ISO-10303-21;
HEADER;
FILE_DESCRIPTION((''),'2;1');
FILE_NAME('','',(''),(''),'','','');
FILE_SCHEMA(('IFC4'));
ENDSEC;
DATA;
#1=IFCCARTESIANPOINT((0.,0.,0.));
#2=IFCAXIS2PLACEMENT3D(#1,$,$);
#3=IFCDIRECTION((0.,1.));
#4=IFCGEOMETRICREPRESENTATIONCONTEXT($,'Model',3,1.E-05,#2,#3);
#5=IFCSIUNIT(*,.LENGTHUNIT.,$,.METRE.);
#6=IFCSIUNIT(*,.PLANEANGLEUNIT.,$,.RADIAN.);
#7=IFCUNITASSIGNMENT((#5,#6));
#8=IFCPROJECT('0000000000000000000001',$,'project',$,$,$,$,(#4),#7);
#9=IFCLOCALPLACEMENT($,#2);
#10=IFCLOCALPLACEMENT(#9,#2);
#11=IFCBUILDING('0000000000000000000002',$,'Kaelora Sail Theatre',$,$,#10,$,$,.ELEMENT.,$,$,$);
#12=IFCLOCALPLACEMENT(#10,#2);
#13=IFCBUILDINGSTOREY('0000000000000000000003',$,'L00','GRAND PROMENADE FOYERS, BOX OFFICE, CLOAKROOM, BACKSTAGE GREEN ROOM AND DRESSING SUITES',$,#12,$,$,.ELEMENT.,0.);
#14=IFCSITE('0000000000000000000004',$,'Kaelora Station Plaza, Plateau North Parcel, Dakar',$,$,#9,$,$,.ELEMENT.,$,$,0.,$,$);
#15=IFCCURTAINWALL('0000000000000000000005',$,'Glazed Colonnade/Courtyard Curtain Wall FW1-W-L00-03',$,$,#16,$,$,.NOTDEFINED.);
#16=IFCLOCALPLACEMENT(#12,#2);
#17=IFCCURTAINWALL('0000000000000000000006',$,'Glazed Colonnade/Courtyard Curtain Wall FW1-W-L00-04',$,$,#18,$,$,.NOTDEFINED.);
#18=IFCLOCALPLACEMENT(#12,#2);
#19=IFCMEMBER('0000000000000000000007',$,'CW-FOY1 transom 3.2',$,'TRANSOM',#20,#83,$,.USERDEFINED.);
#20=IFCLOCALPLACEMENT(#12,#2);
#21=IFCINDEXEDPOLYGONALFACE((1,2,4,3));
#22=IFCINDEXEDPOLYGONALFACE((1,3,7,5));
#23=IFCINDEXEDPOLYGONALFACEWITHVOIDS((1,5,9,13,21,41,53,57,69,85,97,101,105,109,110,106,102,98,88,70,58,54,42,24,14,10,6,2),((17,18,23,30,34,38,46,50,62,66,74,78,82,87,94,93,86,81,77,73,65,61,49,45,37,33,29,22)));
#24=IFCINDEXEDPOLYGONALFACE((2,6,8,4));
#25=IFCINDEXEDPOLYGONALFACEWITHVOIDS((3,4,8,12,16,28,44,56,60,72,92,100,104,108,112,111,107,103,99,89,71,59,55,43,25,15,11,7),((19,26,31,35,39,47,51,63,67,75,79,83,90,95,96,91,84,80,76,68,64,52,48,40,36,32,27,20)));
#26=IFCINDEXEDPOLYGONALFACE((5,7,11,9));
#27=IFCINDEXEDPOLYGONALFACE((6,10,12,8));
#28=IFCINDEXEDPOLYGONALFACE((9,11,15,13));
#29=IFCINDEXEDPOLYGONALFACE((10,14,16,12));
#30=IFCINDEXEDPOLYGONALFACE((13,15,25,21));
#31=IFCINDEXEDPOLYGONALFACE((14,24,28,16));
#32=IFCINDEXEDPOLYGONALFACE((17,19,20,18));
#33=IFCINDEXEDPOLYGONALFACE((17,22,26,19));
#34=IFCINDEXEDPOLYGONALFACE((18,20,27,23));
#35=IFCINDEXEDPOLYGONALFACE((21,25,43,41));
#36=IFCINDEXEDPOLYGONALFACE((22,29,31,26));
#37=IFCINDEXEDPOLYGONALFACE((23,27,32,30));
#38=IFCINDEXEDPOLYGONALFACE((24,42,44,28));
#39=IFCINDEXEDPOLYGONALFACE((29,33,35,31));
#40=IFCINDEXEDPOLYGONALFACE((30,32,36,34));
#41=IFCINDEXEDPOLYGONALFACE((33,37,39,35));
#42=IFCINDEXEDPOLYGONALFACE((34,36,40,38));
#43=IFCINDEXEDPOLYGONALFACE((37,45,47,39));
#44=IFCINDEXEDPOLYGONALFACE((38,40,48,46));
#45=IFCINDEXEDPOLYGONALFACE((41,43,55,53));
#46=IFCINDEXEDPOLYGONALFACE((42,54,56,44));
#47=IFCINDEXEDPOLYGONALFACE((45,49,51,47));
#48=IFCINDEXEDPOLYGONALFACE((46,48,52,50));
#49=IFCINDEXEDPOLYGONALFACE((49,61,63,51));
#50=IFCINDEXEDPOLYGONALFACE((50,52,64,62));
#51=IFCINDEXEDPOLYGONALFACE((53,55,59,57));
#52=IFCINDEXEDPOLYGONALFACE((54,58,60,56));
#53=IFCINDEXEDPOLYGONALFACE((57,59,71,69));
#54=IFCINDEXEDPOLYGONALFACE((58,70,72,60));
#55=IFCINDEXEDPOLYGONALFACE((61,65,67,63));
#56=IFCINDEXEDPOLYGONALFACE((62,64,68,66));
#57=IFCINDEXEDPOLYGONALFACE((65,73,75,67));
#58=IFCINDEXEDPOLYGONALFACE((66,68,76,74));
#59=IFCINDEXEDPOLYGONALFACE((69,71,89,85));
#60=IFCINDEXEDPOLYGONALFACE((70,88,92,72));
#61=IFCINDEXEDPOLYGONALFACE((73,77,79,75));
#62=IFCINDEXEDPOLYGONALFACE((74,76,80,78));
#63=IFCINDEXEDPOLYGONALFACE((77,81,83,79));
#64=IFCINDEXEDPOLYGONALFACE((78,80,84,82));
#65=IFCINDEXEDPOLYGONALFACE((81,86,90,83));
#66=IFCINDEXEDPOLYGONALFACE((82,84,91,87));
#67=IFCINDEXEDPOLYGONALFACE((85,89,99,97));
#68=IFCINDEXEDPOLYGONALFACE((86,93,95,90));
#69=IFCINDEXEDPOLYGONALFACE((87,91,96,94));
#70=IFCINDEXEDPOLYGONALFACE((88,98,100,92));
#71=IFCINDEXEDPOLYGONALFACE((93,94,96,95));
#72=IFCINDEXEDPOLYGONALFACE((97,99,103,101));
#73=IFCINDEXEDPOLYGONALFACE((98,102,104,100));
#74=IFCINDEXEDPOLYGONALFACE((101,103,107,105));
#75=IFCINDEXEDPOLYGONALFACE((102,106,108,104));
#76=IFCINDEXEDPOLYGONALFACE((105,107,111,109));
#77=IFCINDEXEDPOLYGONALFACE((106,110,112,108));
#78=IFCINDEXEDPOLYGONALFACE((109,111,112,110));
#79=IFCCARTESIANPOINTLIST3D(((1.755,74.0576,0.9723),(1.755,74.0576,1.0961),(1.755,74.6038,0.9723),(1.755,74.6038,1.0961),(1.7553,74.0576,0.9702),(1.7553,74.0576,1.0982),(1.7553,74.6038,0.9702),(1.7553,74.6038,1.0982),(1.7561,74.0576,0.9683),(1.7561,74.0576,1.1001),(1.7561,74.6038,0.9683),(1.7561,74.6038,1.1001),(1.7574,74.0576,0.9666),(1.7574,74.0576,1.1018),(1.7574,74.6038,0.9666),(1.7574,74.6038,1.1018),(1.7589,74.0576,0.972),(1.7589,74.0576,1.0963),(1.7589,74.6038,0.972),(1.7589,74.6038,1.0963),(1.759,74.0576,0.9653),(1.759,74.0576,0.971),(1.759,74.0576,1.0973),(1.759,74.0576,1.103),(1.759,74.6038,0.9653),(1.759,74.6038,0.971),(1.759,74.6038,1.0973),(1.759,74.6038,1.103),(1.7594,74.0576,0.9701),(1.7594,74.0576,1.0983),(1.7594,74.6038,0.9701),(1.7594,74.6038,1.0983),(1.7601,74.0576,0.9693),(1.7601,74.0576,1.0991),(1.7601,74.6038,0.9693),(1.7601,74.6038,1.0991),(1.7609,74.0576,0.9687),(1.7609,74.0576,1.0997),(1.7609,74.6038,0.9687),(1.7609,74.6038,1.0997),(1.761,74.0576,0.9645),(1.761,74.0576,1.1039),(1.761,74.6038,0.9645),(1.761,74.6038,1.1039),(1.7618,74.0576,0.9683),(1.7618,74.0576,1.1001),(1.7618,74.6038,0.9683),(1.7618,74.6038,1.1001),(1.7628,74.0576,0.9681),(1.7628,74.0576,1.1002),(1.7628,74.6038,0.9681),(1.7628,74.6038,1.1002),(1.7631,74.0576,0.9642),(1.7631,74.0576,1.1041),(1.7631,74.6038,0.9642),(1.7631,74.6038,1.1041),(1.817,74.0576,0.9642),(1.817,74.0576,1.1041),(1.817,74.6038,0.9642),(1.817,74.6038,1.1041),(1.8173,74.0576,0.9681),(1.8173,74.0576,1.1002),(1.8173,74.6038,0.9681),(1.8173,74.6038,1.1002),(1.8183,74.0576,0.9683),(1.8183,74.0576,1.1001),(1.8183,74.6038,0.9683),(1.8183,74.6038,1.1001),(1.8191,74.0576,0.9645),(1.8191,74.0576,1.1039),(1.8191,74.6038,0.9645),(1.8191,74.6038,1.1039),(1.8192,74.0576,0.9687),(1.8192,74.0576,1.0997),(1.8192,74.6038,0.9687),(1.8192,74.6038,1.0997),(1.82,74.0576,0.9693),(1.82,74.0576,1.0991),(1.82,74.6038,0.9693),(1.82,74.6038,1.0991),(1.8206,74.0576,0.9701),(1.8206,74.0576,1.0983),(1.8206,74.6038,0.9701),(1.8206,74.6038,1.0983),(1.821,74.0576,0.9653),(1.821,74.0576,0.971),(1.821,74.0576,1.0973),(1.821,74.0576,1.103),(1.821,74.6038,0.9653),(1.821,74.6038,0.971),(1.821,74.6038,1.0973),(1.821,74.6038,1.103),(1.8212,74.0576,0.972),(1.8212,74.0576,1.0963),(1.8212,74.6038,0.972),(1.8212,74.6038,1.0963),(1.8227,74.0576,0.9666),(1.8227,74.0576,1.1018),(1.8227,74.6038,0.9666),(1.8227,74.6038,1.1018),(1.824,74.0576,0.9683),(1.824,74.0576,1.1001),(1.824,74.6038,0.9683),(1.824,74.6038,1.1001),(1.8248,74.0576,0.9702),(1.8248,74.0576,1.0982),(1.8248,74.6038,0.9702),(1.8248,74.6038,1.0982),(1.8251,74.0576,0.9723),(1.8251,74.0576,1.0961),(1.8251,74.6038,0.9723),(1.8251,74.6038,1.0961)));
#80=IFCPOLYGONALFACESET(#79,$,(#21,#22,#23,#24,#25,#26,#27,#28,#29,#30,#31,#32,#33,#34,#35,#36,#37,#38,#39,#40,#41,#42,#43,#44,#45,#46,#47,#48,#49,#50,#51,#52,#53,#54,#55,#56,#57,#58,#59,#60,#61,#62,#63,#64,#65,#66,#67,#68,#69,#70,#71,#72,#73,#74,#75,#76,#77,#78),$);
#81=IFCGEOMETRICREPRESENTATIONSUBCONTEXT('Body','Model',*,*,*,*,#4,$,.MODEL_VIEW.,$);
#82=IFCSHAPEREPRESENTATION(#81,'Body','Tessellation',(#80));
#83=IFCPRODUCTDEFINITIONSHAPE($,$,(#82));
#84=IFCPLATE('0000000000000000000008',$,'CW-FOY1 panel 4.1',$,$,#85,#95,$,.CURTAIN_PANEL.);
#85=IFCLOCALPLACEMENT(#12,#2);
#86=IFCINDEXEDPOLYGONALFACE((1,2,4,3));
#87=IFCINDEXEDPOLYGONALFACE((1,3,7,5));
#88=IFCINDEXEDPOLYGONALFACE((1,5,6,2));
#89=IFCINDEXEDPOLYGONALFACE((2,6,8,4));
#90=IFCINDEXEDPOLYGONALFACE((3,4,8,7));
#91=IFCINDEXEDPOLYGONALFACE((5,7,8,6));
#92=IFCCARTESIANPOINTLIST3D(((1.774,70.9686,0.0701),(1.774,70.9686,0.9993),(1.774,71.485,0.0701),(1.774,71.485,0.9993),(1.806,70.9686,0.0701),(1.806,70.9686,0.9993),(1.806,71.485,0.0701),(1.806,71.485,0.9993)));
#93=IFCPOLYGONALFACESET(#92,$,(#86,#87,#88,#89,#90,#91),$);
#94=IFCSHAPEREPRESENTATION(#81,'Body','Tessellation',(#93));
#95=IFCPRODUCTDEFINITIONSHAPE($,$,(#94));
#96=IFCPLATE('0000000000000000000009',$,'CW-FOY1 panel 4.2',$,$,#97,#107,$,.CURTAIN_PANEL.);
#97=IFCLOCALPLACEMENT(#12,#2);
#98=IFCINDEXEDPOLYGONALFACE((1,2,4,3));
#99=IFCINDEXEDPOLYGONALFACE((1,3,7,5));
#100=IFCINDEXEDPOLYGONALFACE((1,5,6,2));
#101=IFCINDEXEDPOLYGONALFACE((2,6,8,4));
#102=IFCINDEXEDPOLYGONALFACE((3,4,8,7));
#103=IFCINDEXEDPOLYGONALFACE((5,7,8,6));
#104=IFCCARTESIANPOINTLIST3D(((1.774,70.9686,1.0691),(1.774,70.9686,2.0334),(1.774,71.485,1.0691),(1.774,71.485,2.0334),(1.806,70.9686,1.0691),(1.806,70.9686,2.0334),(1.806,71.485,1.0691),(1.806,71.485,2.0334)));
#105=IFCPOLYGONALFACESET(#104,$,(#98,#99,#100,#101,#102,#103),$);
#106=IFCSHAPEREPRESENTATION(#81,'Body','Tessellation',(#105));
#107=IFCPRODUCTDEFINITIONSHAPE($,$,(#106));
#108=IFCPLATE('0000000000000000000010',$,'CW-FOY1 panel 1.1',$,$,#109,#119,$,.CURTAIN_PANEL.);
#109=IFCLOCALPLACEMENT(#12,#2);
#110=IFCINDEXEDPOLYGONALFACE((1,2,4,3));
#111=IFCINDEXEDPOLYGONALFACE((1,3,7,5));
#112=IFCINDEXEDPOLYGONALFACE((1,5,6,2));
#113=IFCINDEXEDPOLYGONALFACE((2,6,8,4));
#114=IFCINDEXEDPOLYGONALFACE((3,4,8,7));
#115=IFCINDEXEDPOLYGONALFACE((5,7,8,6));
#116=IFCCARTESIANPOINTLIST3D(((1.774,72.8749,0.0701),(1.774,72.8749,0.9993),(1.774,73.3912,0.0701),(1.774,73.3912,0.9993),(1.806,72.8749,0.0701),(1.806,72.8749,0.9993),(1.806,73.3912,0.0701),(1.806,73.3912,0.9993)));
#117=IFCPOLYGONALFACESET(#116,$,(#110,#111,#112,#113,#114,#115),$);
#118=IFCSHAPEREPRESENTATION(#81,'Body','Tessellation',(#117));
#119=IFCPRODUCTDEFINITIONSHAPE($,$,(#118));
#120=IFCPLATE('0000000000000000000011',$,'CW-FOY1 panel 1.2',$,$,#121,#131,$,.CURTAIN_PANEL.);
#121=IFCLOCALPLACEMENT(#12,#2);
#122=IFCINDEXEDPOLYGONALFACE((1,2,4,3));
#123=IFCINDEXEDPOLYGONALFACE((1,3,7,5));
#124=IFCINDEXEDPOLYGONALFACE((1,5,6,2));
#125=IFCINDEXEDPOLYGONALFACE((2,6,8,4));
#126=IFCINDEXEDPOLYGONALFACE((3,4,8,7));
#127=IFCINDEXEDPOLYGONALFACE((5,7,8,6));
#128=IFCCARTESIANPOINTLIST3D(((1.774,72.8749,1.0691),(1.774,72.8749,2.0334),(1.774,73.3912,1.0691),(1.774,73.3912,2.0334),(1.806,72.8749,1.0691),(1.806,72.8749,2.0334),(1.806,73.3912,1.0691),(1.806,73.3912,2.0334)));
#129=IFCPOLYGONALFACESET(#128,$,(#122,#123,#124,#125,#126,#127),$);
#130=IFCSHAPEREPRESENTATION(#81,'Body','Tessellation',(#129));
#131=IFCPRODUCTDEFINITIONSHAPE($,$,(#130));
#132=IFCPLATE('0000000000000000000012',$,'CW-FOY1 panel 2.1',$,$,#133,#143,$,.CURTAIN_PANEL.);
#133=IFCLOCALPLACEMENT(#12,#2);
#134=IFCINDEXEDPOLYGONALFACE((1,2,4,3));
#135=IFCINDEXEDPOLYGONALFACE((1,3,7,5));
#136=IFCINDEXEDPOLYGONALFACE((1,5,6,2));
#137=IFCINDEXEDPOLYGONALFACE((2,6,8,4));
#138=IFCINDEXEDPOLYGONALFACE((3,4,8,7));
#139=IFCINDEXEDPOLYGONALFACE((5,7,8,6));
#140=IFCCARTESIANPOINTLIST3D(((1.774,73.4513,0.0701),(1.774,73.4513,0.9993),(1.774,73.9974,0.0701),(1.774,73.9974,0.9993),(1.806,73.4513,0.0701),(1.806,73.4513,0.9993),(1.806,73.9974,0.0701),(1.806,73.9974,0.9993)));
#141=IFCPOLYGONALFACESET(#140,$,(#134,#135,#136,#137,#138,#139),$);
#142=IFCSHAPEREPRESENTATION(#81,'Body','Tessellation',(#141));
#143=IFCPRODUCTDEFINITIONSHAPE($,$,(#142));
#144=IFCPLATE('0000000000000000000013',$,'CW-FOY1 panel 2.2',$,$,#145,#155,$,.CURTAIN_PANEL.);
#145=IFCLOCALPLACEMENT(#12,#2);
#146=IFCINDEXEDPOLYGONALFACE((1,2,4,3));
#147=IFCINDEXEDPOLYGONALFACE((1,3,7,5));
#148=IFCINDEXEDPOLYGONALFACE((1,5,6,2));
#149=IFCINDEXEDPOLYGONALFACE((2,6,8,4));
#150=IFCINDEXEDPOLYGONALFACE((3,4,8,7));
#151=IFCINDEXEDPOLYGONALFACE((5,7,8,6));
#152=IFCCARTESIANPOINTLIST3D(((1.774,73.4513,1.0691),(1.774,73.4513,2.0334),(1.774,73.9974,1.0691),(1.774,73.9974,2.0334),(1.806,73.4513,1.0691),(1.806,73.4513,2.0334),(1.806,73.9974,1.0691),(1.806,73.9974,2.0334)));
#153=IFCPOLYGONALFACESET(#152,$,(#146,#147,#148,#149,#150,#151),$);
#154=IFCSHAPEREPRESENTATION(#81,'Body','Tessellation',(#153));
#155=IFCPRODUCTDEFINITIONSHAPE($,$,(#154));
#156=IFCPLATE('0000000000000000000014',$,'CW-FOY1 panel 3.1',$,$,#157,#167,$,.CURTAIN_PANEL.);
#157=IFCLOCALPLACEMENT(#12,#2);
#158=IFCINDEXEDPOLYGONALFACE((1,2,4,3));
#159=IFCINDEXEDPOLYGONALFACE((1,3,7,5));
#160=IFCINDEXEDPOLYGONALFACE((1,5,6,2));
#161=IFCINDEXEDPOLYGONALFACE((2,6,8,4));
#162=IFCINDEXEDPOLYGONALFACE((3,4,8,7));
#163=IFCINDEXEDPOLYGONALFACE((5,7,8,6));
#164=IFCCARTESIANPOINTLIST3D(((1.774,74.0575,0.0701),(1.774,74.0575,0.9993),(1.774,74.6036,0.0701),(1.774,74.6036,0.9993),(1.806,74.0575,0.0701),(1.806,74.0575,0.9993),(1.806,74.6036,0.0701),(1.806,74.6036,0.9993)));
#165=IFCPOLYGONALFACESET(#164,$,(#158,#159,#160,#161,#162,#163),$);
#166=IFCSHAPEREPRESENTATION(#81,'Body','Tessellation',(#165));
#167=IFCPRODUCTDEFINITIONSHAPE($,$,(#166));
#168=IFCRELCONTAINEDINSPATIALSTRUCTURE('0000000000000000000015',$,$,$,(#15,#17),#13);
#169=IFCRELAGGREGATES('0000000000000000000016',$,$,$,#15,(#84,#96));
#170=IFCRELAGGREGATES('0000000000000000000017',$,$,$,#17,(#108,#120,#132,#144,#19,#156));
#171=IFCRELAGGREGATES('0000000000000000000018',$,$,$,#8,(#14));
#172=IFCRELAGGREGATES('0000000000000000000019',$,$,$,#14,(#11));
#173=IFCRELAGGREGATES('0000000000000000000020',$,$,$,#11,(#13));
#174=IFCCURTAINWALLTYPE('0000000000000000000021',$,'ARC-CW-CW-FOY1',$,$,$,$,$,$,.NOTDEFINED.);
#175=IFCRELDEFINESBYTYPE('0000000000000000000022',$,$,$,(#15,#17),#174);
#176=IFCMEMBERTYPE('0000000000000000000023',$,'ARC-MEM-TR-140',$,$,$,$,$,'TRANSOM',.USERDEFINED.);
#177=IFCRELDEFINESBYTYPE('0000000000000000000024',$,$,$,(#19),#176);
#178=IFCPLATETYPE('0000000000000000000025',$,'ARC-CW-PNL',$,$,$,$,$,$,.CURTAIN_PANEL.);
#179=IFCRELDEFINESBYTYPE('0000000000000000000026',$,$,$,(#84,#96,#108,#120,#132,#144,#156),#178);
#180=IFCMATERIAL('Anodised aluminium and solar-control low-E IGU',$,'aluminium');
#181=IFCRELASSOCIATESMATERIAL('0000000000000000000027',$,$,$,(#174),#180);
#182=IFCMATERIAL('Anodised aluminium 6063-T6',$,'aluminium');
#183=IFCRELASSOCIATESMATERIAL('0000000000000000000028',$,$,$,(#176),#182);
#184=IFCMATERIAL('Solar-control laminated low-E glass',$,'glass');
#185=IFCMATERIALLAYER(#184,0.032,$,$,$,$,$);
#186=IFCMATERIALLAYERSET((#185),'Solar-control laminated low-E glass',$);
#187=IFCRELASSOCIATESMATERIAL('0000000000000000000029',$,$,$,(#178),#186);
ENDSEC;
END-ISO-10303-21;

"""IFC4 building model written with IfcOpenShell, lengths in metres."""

from ifc_helpers import new_model, si_unit, direction, frame, origin, origin_2d, place, context, subcontext, project, spatial, rectangle, hollow_rectangle, extrude, material, layer, layer_set, material_profile, profile_set, type_object, element, aggregate, save


model = new_model("IFC4")

# Units and contexts
model_context = context("Model", 3, precision=1e-05, world=origin(), true_north=direction((0.0, 1.0)))
body_context = subcontext(model_context, "Body", "Model", "MODEL_VIEW")
ifc_project = project(units=[si_unit("LENGTHUNIT", "METRE"), si_unit("PLANEANGLEUNIT", "RADIAN")], contexts=[model_context])

# Site, building, storey
site_placement = place(None, origin())
site = spatial("IfcSite", under=ifc_project, at=site_placement, Name="Kaelora Station Plaza, Plateau North Parcel, Dakar", CompositionType="ELEMENT", RefElevation=0.0)
building_placement = place(site_placement, origin())
building = spatial("IfcBuilding", under=site, at=building_placement, Name="Kaelora Sail Theatre", CompositionType="ELEMENT")
storey_placement = place(building_placement, origin())
storey = spatial("IfcBuildingStorey", under=building, at=storey_placement, Name="L00", Description="GRAND PROMENADE FOYERS, BOX OFFICE, CLOAKROOM, BACKSTAGE GREEN ROOM AND DRESSING SUITES", CompositionType="ELEMENT", Elevation=0.0)

# Curtain walls
ifc_material_1 = material(Name="Anodised aluminium and solar-control low-E IGU", Category="aluminium")
curtain_wall_type = type_object("IfcCurtainWallType", Name="ARC-CW-CW-FOY1", PredefinedType="NOTDEFINED", material=ifc_material_1)
curtain_wall_1_placement = place(storey_placement, origin())
curtain_wall_1 = element("IfcCurtainWall", 1, at=curtain_wall_1_placement, inside=storey, type_object=curtain_wall_type, Name="Glazed Colonnade/Courtyard Curtain Wall FW1-W-L00-03", PredefinedType="NOTDEFINED")
curtain_wall_2_placement = place(storey_placement, origin())
curtain_wall_2 = element("IfcCurtainWall", 2, at=curtain_wall_2_placement, inside=storey, type_object=curtain_wall_type, Name="Glazed Colonnade/Courtyard Curtain Wall FW1-W-L00-04", PredefinedType="NOTDEFINED")

# Member
ifc_material_2 = material(Name="Anodised aluminium 6063-T6", Category="aluminium")
ifc_material_profile_1 = material_profile(ifc_material_2, hollow_rectangle(XDim=0.0701, YDim=0.1399, WallThickness=0.0039, InnerFilletRadius=0.0039, OuterFilletRadius=0.0081, at=origin_2d()), Name="ALU-TRAN 70x140x4")
ifc_profile_set_1 = profile_set([ifc_material_profile_1], Name="Anodised aluminium 6063-T6")
member_type_1 = type_object("IfcMemberType", Name="ARC-MEM-TR-140", ElementType="TRANSOM", PredefinedType="USERDEFINED", material=ifc_profile_set_1)
member_1_placement = place(storey_placement, frame((1.79, 74.0576, 1.0342), z_axis=(0.0, 1.0, 0.0), x_axis=(-1.0, 0.0, 0.0)))
member_1 = element("IfcMember", 3, at=member_1_placement, type_object=member_type_1, Name="CW-FOY1 transom 3.2", ObjectType="TRANSOM", PredefinedType="USERDEFINED", context=body_context, shape_type="SweptSolid", body=[
    extrude(hollow_rectangle(XDim=0.0701, YDim=0.1399, WallThickness=0.0039, InnerFilletRadius=0.0039, OuterFilletRadius=0.0081, at=origin_2d()), origin(), (0.0, 0.0, 1.0), 0.5461),
])

# Plates
ifc_material_3 = material(Name="Solar-control laminated low-E glass", Category="glass")
ifc_layer = layer(ifc_material_3, 0.032)
ifc_layer_set = layer_set([ifc_layer], Name="Solar-control laminated low-E glass")
plate_type = type_object("IfcPlateType", Name="ARC-CW-PNL", PredefinedType="CURTAIN_PANEL", material=ifc_layer_set)
plate_1_placement = place(storey_placement, frame((1.79, 71.2268, 0.0701), z_axis=(0.0, 0.0, 1.0), x_axis=(0.0, 1.0, 0.0)))
plate_1 = element("IfcPlate", 4, at=plate_1_placement, type_object=plate_type, Name="CW-FOY1 panel 4.1", PredefinedType="CURTAIN_PANEL", context=body_context, shape_type="SweptSolid", body=[
    extrude(rectangle(XDim=0.5164, YDim=0.032, at=origin_2d()), origin(), (0.0, 0.0, 1.0), 0.9292),
])
plate_2_placement = place(storey_placement, frame((1.79, 71.2268, 1.0691), z_axis=(0.0, 0.0, 1.0), x_axis=(0.0, 1.0, 0.0)))
plate_2 = element("IfcPlate", 5, at=plate_2_placement, type_object=plate_type, Name="CW-FOY1 panel 4.2", PredefinedType="CURTAIN_PANEL", context=body_context, shape_type="SweptSolid", body=[
    extrude(rectangle(XDim=0.5164, YDim=0.032, at=origin_2d()), origin(), (0.0, 0.0, 1.0), 0.9644),
])
aggregate(curtain_wall_1, [plate_1, plate_2])
plate_3_placement = place(storey_placement, frame((1.79, 73.1331, 0.0701), z_axis=(0.0, 0.0, 1.0), x_axis=(0.0, 1.0, 0.0)))
plate_3 = element("IfcPlate", 6, at=plate_3_placement, type_object=plate_type, Name="CW-FOY1 panel 1.1", PredefinedType="CURTAIN_PANEL", context=body_context, shape_type="SweptSolid", body=[
    extrude(rectangle(XDim=0.5164, YDim=0.032, at=origin_2d()), origin(), (0.0, 0.0, 1.0), 0.9292),
])
plate_4_placement = place(storey_placement, frame((1.79, 73.1331, 1.0691), z_axis=(0.0, 0.0, 1.0), x_axis=(0.0, 1.0, 0.0)))
plate_4 = element("IfcPlate", 7, at=plate_4_placement, type_object=plate_type, Name="CW-FOY1 panel 1.2", PredefinedType="CURTAIN_PANEL", context=body_context, shape_type="SweptSolid", body=[
    extrude(rectangle(XDim=0.5164, YDim=0.032, at=origin_2d()), origin(), (0.0, 0.0, 1.0), 0.9644),
])
plate_5_placement = place(storey_placement, frame((1.79, 73.7244, 0.0701), z_axis=(0.0, 0.0, 1.0), x_axis=(0.0, 1.0, 0.0)))
plate_5 = element("IfcPlate", 8, at=plate_5_placement, type_object=plate_type, Name="CW-FOY1 panel 2.1", PredefinedType="CURTAIN_PANEL", context=body_context, shape_type="SweptSolid", body=[
    extrude(rectangle(XDim=0.5461, YDim=0.032, at=origin_2d()), origin(), (0.0, 0.0, 1.0), 0.9292),
])
plate_6_placement = place(storey_placement, frame((1.79, 73.7244, 1.0691), z_axis=(0.0, 0.0, 1.0), x_axis=(0.0, 1.0, 0.0)))
plate_6 = element("IfcPlate", 9, at=plate_6_placement, type_object=plate_type, Name="CW-FOY1 panel 2.2", PredefinedType="CURTAIN_PANEL", context=body_context, shape_type="SweptSolid", body=[
    extrude(rectangle(XDim=0.5461, YDim=0.032, at=origin_2d()), origin(), (0.0, 0.0, 1.0), 0.9644),
])
plate_7_placement = place(storey_placement, frame((1.79, 74.3306, 0.0701), z_axis=(0.0, 0.0, 1.0), x_axis=(0.0, 1.0, 0.0)))
plate_7 = element("IfcPlate", 10, at=plate_7_placement, type_object=plate_type, Name="CW-FOY1 panel 3.1", PredefinedType="CURTAIN_PANEL", context=body_context, shape_type="SweptSolid", body=[
    extrude(rectangle(XDim=0.5461, YDim=0.032, at=origin_2d()), origin(), (0.0, 0.0, 1.0), 0.9292),
])
aggregate(curtain_wall_2, [plate_3, plate_4, plate_5, plate_6, member_1, plate_7])

save(model, "model.ifc")
